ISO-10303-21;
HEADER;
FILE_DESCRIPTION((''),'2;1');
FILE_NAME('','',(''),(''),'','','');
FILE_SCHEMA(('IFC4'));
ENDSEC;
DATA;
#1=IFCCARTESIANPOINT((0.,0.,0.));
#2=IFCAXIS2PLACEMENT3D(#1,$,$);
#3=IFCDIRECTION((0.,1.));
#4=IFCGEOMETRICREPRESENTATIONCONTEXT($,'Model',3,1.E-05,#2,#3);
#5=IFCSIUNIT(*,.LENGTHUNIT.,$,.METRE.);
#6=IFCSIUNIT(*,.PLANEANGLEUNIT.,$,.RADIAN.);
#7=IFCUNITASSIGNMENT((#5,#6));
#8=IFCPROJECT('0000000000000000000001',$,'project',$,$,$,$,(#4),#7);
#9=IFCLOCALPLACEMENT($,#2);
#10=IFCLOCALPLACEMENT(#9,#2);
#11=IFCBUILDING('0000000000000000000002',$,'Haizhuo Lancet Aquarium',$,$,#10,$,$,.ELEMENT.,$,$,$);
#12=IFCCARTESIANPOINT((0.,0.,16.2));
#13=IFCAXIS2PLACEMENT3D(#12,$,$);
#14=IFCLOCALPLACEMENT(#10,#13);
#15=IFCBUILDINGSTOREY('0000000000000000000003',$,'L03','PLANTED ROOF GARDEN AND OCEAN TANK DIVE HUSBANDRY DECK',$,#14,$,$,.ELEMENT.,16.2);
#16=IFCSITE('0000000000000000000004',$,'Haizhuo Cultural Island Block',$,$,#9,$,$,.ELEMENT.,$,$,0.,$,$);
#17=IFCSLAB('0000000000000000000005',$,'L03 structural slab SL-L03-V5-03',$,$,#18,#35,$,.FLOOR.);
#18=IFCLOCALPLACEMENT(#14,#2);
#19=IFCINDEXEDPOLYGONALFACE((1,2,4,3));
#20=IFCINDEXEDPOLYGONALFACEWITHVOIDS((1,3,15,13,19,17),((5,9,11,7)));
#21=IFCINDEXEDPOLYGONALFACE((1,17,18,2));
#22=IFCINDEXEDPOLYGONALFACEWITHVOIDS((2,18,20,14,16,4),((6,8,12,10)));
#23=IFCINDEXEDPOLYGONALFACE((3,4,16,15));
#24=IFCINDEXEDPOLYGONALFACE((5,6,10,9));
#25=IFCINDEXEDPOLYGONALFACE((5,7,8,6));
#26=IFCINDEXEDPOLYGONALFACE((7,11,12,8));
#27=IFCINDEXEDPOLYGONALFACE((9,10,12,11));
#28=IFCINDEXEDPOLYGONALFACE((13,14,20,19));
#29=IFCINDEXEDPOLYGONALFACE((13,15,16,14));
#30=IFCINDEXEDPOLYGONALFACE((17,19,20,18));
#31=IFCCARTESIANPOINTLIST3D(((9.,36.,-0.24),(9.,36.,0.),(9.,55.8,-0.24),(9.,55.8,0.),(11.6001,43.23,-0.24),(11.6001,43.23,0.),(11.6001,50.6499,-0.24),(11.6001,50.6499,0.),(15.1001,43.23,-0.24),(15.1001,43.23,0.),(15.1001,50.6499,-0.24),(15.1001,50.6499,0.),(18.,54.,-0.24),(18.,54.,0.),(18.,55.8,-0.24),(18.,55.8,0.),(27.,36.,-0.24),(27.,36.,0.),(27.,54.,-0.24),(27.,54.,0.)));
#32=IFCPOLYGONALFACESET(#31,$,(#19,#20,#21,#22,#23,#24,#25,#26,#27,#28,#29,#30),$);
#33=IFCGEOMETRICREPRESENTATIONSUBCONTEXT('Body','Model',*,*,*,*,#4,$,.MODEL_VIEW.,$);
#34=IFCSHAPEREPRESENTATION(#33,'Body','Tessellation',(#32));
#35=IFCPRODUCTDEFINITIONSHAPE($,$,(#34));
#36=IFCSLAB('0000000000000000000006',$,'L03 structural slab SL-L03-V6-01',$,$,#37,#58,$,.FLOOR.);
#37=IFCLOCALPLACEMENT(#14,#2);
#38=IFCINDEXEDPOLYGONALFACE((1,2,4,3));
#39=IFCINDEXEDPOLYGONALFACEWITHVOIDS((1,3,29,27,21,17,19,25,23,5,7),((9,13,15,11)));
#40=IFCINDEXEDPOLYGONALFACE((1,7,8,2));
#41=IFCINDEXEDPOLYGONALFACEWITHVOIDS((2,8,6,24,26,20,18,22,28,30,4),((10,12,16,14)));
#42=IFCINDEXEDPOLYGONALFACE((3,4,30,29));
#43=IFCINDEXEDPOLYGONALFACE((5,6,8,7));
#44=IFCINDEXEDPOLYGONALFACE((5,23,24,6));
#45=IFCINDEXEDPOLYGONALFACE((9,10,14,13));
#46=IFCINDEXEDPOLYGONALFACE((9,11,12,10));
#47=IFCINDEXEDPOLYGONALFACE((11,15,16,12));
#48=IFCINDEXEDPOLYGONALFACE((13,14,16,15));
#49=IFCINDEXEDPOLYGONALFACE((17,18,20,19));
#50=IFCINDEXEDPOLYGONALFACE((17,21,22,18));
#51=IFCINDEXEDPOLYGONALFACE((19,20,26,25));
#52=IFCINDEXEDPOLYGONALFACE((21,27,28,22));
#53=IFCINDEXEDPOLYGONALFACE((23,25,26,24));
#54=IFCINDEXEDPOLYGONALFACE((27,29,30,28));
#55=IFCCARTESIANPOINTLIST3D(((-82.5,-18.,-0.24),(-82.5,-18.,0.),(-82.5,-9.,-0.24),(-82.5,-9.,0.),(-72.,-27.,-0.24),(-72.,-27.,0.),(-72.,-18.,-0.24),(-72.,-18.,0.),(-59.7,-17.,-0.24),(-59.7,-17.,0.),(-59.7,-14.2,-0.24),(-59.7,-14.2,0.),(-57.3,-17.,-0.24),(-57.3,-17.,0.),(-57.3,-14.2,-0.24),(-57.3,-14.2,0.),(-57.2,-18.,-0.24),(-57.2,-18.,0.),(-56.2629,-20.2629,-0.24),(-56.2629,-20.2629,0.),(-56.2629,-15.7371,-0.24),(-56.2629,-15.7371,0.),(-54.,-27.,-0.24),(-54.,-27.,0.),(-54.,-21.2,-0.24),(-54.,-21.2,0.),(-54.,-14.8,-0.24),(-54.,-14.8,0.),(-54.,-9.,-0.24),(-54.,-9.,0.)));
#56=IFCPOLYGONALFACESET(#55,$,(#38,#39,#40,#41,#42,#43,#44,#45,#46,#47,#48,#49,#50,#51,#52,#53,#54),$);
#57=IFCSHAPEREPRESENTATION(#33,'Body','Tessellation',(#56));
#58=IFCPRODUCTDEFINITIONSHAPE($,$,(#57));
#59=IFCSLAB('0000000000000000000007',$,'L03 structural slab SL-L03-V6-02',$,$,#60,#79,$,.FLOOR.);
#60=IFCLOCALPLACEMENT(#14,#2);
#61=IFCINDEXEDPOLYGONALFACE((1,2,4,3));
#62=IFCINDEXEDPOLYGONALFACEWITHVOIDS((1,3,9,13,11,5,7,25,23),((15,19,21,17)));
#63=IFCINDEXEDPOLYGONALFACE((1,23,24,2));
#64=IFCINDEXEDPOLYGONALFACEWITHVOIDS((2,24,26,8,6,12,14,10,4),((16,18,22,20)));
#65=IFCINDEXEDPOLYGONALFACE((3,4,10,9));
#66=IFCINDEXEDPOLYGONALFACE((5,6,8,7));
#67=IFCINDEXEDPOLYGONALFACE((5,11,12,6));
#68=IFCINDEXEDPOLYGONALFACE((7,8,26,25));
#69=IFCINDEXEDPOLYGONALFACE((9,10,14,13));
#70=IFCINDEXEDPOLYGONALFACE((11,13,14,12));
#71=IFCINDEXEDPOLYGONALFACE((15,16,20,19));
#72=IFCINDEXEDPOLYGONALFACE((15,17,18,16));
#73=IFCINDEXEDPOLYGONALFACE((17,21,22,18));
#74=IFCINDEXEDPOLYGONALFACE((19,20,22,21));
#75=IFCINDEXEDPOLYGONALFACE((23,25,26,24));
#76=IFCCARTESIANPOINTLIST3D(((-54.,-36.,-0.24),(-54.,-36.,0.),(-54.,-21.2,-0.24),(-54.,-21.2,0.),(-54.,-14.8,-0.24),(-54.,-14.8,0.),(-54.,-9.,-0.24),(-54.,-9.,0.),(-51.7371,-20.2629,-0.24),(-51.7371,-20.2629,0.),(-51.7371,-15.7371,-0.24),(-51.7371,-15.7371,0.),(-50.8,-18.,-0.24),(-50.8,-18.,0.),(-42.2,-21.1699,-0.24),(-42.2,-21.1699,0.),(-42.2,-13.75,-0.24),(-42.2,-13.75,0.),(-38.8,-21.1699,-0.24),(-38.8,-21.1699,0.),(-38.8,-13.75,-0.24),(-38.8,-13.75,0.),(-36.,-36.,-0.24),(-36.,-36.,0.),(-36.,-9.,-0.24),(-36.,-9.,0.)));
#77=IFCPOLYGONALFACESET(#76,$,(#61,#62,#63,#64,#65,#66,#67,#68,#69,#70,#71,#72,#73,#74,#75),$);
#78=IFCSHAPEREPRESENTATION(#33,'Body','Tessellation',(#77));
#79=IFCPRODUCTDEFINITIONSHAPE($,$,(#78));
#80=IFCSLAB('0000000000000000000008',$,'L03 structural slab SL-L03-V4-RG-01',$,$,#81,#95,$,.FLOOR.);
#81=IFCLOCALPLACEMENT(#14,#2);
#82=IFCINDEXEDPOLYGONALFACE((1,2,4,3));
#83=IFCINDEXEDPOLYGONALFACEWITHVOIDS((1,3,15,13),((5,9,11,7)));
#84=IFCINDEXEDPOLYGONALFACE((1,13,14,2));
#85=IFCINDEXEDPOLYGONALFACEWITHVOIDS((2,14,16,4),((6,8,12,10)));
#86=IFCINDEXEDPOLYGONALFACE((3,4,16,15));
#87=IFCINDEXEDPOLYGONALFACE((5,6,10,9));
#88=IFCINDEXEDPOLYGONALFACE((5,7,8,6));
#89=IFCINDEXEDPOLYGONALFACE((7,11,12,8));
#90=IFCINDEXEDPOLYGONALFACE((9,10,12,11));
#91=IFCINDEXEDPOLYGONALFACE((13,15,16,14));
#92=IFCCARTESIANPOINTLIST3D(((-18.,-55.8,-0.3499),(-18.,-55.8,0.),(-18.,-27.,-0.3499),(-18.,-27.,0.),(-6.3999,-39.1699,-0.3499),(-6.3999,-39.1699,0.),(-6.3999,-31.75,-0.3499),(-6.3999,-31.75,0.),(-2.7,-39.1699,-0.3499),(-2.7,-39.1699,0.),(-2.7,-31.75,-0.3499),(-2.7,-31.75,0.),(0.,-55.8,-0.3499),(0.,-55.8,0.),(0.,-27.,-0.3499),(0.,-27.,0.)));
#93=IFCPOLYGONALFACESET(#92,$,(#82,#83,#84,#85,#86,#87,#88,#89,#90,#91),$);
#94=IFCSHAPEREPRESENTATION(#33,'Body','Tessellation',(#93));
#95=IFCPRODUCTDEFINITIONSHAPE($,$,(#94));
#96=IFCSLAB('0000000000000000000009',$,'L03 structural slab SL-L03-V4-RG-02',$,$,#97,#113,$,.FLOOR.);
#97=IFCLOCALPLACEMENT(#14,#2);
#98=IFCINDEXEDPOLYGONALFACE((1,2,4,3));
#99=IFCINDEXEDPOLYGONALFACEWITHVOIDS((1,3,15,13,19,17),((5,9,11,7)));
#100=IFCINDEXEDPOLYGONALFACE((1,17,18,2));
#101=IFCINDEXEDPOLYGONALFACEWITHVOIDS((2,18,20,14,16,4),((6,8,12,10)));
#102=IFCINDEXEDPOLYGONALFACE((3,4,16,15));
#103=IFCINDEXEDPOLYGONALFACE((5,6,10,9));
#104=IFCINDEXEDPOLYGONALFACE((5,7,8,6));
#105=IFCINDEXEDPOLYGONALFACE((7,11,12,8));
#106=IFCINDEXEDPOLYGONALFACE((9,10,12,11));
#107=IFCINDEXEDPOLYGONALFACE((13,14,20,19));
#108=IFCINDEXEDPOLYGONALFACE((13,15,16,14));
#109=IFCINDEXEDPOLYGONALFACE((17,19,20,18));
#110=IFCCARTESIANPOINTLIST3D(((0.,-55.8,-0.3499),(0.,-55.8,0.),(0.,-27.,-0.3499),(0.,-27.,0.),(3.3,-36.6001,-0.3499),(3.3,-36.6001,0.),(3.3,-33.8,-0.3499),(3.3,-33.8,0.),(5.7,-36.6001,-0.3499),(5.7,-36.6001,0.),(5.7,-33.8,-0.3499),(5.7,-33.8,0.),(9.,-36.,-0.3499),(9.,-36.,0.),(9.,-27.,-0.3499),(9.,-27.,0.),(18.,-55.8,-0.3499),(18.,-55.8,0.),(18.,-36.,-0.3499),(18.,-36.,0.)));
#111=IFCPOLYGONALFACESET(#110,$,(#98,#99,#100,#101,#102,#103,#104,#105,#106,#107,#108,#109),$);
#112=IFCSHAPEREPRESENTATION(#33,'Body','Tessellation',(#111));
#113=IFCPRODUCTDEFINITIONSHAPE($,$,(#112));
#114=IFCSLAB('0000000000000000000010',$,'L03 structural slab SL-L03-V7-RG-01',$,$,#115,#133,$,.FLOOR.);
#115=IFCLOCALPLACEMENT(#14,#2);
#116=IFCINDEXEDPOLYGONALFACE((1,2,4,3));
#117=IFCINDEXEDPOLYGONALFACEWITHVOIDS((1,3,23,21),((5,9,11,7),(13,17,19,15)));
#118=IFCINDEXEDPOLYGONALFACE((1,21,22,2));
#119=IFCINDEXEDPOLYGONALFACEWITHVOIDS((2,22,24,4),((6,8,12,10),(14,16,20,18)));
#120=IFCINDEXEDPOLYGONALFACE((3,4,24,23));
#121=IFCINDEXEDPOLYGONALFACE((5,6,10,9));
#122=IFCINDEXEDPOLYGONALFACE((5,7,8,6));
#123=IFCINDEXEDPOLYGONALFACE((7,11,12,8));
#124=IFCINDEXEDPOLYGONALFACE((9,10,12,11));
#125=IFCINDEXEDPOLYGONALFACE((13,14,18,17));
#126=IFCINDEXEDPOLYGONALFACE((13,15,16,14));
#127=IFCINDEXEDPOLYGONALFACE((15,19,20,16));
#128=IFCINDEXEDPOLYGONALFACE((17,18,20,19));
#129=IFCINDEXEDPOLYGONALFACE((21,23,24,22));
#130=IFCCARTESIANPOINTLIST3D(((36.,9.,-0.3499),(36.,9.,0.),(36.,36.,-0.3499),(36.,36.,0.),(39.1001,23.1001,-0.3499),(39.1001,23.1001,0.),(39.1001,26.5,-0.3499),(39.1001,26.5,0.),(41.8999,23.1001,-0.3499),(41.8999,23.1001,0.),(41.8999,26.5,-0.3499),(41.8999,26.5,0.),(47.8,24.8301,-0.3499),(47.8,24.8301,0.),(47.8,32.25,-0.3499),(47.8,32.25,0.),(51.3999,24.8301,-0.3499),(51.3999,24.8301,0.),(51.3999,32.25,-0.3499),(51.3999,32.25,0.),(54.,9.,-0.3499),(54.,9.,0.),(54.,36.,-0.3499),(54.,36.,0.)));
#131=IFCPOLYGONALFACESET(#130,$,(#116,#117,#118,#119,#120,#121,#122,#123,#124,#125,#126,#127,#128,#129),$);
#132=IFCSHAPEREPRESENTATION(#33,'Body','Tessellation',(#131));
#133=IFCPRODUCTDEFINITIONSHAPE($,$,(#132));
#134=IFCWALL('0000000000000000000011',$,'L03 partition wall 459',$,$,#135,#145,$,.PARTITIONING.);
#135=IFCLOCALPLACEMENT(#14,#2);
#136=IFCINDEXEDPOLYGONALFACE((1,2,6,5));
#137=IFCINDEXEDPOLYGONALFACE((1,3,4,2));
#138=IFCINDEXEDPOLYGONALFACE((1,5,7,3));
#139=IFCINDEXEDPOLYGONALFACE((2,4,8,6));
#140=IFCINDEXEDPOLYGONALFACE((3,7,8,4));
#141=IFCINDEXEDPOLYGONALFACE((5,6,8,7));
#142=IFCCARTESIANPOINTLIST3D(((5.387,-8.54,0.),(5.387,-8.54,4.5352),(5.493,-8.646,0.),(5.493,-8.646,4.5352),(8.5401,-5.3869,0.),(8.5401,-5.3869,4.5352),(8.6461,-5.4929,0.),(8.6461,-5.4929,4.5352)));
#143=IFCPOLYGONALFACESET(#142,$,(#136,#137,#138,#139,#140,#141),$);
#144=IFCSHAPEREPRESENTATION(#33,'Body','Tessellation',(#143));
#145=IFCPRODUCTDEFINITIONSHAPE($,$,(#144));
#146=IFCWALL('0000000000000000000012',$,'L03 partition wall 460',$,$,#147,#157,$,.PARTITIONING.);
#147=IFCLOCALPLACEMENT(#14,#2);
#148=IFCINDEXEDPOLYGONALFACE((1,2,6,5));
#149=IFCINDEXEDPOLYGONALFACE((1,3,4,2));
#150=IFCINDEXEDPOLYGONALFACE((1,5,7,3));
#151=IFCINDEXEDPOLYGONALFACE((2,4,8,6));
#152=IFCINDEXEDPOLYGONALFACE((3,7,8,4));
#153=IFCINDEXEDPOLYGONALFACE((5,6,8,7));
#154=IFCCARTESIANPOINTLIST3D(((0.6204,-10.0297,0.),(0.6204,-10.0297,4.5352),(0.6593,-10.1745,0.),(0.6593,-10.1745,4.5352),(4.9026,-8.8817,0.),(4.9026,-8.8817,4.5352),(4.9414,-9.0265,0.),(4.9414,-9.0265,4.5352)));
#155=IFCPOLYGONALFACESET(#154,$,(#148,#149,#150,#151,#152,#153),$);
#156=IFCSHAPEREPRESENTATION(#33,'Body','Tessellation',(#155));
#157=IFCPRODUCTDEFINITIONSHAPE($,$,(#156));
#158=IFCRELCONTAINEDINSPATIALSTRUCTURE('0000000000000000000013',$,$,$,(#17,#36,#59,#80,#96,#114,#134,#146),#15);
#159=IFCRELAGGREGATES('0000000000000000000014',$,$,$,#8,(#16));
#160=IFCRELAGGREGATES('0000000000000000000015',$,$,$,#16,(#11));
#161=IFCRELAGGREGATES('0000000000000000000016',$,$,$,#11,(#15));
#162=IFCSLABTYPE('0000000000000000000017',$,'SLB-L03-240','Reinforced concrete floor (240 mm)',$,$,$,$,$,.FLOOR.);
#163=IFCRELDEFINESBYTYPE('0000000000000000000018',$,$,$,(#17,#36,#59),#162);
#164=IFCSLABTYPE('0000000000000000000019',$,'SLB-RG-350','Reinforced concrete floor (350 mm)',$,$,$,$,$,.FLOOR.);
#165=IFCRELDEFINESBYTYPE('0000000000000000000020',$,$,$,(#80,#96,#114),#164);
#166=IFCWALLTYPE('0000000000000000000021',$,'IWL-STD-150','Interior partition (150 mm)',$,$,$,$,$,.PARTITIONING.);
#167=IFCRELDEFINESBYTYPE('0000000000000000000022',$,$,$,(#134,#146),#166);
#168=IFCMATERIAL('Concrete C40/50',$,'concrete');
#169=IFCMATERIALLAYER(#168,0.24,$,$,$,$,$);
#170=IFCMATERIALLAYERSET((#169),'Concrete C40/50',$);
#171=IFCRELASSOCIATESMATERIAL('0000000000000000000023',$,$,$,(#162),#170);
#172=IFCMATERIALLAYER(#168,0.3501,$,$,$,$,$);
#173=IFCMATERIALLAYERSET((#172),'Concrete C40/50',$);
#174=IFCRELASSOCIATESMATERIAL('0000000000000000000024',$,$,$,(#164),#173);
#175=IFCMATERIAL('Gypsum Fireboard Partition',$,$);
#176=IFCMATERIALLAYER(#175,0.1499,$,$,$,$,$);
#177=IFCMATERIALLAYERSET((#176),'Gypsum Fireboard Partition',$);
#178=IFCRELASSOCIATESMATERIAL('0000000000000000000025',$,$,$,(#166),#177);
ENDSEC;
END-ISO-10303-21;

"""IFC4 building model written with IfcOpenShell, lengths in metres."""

from ifc_helpers import new_model, si_unit, direction, frame, frame_2d, origin, place, context, subcontext, project, spatial, polyline, rectangle, outline, extrude, material, layer, layer_set, type_object, element, save


model = new_model("IFC4")

# Units and contexts
model_context = context("Model", 3, precision=1e-05, world=origin(), true_north=direction((0.0, 1.0)))
body_context = subcontext(model_context, "Body", "Model", "MODEL_VIEW")
ifc_project = project(units=[si_unit("LENGTHUNIT", "METRE"), si_unit("PLANEANGLEUNIT", "RADIAN")], contexts=[model_context])

# Site, building, storey
site_placement = place(None, origin())
site = spatial("IfcSite", under=ifc_project, at=site_placement, Name="Haizhuo Cultural Island Block", CompositionType="ELEMENT", RefElevation=0.0)
building_placement = place(site_placement, origin())
building = spatial("IfcBuilding", under=site, at=building_placement, Name="Haizhuo Lancet Aquarium", CompositionType="ELEMENT")
storey_placement = place(building_placement, frame((0.0, 0.0, 16.2)))
storey = spatial("IfcBuildingStorey", under=building, at=storey_placement, Name="L03", Description="PLANTED ROOF GARDEN AND OCEAN TANK DIVE HUSBANDRY DECK", CompositionType="ELEMENT", Elevation=16.2)

# Shared definitions
ifc_material_1 = material(Name="Concrete C40/50", Category="concrete")

# Slabs
ifc_layer_1 = layer(ifc_material_1, 0.24)
ifc_layer_set_1 = layer_set([ifc_layer_1], Name="Concrete C40/50")
slab_type_1 = type_object("IfcSlabType", Name="SLB-L03-240", Description="Reinforced concrete floor (240 mm)", PredefinedType="FLOOR", material=ifc_layer_set_1)
slab_1_placement = place(storey_placement, frame((0.0, 0.0, -0.24)))
element("IfcSlab", 1, at=slab_1_placement, inside=storey, type_object=slab_type_1, Name="L03 structural slab SL-L03-V5-03", PredefinedType="FLOOR", context=body_context, shape_type="SweptSolid", body=[
    extrude(outline(polyline([(9.0, 55.8), (9.0, 36.0), (27.0, 36.0), (27.0, 54.0), (18.0, 54.0), (18.0, 55.8), (9.0, 55.8)]), holes=[polyline([(11.6001, 50.6499), (11.6001, 43.23), (15.1001, 43.23), (15.1001, 50.6499), (11.6001, 50.6499)])]), origin(), (0.0, 0.0, 1.0), 0.24),
])
slab_2_placement = place(storey_placement, frame((0.0, 0.0, -0.24)))
element("IfcSlab", 2, at=slab_2_placement, inside=storey, type_object=slab_type_1, Name="L03 structural slab SL-L03-V6-01", PredefinedType="FLOOR", context=body_context, shape_type="SweptSolid", body=[
    extrude(outline(polyline([(-72.0, -18.0), (-72.0, -27.0), (-54.0, -27.0), (-54.0, -21.2), (-56.2629, -20.2629), (-57.2, -18.0), (-56.2629, -15.7371), (-54.0, -14.8), (-54.0, -9.0), (-82.5, -9.0), (-82.5, -18.0), (-72.0, -18.0)]), holes=[polyline([(-59.7, -14.2), (-59.7, -17.0), (-57.3, -17.0), (-57.3, -14.2), (-59.7, -14.2)])]), origin(), (0.0, 0.0, 1.0), 0.24),
])
slab_3_placement = place(storey_placement, frame((0.0, 0.0, -0.24)))
element("IfcSlab", 3, at=slab_3_placement, inside=storey, type_object=slab_type_1, Name="L03 structural slab SL-L03-V6-02", PredefinedType="FLOOR", context=body_context, shape_type="SweptSolid", body=[
    extrude(outline(polyline([(-54.0, -9.0), (-54.0, -14.8), (-51.7371, -15.7371), (-50.8, -18.0), (-51.7371, -20.2629), (-54.0, -21.2), (-54.0, -36.0), (-36.0, -36.0), (-36.0, -9.0), (-54.0, -9.0)]), holes=[polyline([(-42.2, -13.75), (-42.2, -21.1699), (-38.8, -21.1699), (-38.8, -13.75), (-42.2, -13.75)])]), origin(), (0.0, 0.0, 1.0), 0.24),
])
ifc_layer_2 = layer(ifc_material_1, 0.3501)
ifc_layer_set_2 = layer_set([ifc_layer_2], Name="Concrete C40/50")
slab_type_2 = type_object("IfcSlabType", Name="SLB-RG-350", Description="Reinforced concrete floor (350 mm)", PredefinedType="FLOOR", material=ifc_layer_set_2)
slab_4_placement = place(storey_placement, frame((0.0, 0.0, -0.3499)))
element("IfcSlab", 4, at=slab_4_placement, inside=storey, type_object=slab_type_2, Name="L03 structural slab SL-L03-V4-RG-01", PredefinedType="FLOOR", context=body_context, shape_type="SweptSolid", body=[
    extrude(outline(polyline([(0.0, -55.8), (0.0, -27.0), (-18.0, -27.0), (-18.0, -55.8), (0.0, -55.8)]), holes=[polyline([(-2.7, -39.1699), (-2.7, -31.75), (-6.3999, -31.75), (-6.3999, -39.1699), (-2.7, -39.1699)])]), origin(), (0.0, 0.0, 1.0), 0.3499),
])
slab_5_placement = place(storey_placement, frame((0.0, 0.0, -0.3499)))
element("IfcSlab", 5, at=slab_5_placement, inside=storey, type_object=slab_type_2, Name="L03 structural slab SL-L03-V4-RG-02", PredefinedType="FLOOR", context=body_context, shape_type="SweptSolid", body=[
    extrude(outline(polyline([(18.0, -36.0), (9.0, -36.0), (9.0, -27.0), (0.0, -27.0), (0.0, -55.8), (18.0, -55.8), (18.0, -36.0)]), holes=[polyline([(3.3, -33.8), (3.3, -36.6001), (5.7, -36.6001), (5.7, -33.8), (3.3, -33.8)])]), origin(), (0.0, 0.0, 1.0), 0.3499),
])
slab_6_placement = place(storey_placement, frame((0.0, 0.0, -0.3499)))
element("IfcSlab", 6, at=slab_6_placement, inside=storey, type_object=slab_type_2, Name="L03 structural slab SL-L03-V7-RG-01", PredefinedType="FLOOR", context=body_context, shape_type="SweptSolid", body=[
    extrude(outline(polyline([(36.0, 9.0), (54.0, 9.0), (54.0, 36.0), (36.0, 36.0), (36.0, 9.0)]), holes=[polyline([(51.3999, 24.8301), (51.3999, 32.25), (47.8, 32.25), (47.8, 24.8301), (51.3999, 24.8301)]), polyline([(41.8999, 26.5), (39.1001, 26.5), (39.1001, 23.1001), (41.8999, 23.1001), (41.8999, 26.5)])]), origin(), (0.0, 0.0, 1.0), 0.3499),
])

# Walls
ifc_material_2 = material(Name="Gypsum Fireboard Partition")
ifc_layer_3 = layer(ifc_material_2, 0.1499)
ifc_layer_set_3 = layer_set([ifc_layer_3], Name="Gypsum Fireboard Partition")
wall_type_1 = type_object("IfcWallType", Name="IWL-STD-150", Description="Interior partition (150 mm)", PredefinedType="PARTITIONING", material=ifc_layer_set_3)
wall_1_placement = place(storey_placement, frame((8.593, -5.4399, 0.0), z_axis=(0.0, 0.0, 1.0), x_axis=(-0.707107, -0.707107, 0.0)))
element("IfcWall", 7, at=wall_1_placement, inside=storey, type_object=wall_type_1, Name="L03 partition wall 459", PredefinedType="PARTITIONING", context=body_context, shape_type="SweptSolid", body=[
    extrude(rectangle(XDim=4.4592, YDim=0.1499, at=frame_2d((2.2295, 0.0))), origin(), (0.0, 0.0, 1.0), 4.5352),
])
wall_2_placement = place(storey_placement, frame((4.9221, -8.9541, 0.0), z_axis=(0.0, 0.0, 1.0), x_axis=(-0.965896, -0.258931, 0.0)))
element("IfcWall", 8, at=wall_2_placement, inside=storey, type_object=wall_type_1, Name="L03 partition wall 460", PredefinedType="PARTITIONING", context=body_context, shape_type="SweptSolid", body=[
    extrude(rectangle(XDim=4.4333, YDim=0.1499, at=frame_2d((2.2168, 0.0))), origin(), (0.0, 0.0, 1.0), 4.5352),
])

save(model, "model.ifc")
